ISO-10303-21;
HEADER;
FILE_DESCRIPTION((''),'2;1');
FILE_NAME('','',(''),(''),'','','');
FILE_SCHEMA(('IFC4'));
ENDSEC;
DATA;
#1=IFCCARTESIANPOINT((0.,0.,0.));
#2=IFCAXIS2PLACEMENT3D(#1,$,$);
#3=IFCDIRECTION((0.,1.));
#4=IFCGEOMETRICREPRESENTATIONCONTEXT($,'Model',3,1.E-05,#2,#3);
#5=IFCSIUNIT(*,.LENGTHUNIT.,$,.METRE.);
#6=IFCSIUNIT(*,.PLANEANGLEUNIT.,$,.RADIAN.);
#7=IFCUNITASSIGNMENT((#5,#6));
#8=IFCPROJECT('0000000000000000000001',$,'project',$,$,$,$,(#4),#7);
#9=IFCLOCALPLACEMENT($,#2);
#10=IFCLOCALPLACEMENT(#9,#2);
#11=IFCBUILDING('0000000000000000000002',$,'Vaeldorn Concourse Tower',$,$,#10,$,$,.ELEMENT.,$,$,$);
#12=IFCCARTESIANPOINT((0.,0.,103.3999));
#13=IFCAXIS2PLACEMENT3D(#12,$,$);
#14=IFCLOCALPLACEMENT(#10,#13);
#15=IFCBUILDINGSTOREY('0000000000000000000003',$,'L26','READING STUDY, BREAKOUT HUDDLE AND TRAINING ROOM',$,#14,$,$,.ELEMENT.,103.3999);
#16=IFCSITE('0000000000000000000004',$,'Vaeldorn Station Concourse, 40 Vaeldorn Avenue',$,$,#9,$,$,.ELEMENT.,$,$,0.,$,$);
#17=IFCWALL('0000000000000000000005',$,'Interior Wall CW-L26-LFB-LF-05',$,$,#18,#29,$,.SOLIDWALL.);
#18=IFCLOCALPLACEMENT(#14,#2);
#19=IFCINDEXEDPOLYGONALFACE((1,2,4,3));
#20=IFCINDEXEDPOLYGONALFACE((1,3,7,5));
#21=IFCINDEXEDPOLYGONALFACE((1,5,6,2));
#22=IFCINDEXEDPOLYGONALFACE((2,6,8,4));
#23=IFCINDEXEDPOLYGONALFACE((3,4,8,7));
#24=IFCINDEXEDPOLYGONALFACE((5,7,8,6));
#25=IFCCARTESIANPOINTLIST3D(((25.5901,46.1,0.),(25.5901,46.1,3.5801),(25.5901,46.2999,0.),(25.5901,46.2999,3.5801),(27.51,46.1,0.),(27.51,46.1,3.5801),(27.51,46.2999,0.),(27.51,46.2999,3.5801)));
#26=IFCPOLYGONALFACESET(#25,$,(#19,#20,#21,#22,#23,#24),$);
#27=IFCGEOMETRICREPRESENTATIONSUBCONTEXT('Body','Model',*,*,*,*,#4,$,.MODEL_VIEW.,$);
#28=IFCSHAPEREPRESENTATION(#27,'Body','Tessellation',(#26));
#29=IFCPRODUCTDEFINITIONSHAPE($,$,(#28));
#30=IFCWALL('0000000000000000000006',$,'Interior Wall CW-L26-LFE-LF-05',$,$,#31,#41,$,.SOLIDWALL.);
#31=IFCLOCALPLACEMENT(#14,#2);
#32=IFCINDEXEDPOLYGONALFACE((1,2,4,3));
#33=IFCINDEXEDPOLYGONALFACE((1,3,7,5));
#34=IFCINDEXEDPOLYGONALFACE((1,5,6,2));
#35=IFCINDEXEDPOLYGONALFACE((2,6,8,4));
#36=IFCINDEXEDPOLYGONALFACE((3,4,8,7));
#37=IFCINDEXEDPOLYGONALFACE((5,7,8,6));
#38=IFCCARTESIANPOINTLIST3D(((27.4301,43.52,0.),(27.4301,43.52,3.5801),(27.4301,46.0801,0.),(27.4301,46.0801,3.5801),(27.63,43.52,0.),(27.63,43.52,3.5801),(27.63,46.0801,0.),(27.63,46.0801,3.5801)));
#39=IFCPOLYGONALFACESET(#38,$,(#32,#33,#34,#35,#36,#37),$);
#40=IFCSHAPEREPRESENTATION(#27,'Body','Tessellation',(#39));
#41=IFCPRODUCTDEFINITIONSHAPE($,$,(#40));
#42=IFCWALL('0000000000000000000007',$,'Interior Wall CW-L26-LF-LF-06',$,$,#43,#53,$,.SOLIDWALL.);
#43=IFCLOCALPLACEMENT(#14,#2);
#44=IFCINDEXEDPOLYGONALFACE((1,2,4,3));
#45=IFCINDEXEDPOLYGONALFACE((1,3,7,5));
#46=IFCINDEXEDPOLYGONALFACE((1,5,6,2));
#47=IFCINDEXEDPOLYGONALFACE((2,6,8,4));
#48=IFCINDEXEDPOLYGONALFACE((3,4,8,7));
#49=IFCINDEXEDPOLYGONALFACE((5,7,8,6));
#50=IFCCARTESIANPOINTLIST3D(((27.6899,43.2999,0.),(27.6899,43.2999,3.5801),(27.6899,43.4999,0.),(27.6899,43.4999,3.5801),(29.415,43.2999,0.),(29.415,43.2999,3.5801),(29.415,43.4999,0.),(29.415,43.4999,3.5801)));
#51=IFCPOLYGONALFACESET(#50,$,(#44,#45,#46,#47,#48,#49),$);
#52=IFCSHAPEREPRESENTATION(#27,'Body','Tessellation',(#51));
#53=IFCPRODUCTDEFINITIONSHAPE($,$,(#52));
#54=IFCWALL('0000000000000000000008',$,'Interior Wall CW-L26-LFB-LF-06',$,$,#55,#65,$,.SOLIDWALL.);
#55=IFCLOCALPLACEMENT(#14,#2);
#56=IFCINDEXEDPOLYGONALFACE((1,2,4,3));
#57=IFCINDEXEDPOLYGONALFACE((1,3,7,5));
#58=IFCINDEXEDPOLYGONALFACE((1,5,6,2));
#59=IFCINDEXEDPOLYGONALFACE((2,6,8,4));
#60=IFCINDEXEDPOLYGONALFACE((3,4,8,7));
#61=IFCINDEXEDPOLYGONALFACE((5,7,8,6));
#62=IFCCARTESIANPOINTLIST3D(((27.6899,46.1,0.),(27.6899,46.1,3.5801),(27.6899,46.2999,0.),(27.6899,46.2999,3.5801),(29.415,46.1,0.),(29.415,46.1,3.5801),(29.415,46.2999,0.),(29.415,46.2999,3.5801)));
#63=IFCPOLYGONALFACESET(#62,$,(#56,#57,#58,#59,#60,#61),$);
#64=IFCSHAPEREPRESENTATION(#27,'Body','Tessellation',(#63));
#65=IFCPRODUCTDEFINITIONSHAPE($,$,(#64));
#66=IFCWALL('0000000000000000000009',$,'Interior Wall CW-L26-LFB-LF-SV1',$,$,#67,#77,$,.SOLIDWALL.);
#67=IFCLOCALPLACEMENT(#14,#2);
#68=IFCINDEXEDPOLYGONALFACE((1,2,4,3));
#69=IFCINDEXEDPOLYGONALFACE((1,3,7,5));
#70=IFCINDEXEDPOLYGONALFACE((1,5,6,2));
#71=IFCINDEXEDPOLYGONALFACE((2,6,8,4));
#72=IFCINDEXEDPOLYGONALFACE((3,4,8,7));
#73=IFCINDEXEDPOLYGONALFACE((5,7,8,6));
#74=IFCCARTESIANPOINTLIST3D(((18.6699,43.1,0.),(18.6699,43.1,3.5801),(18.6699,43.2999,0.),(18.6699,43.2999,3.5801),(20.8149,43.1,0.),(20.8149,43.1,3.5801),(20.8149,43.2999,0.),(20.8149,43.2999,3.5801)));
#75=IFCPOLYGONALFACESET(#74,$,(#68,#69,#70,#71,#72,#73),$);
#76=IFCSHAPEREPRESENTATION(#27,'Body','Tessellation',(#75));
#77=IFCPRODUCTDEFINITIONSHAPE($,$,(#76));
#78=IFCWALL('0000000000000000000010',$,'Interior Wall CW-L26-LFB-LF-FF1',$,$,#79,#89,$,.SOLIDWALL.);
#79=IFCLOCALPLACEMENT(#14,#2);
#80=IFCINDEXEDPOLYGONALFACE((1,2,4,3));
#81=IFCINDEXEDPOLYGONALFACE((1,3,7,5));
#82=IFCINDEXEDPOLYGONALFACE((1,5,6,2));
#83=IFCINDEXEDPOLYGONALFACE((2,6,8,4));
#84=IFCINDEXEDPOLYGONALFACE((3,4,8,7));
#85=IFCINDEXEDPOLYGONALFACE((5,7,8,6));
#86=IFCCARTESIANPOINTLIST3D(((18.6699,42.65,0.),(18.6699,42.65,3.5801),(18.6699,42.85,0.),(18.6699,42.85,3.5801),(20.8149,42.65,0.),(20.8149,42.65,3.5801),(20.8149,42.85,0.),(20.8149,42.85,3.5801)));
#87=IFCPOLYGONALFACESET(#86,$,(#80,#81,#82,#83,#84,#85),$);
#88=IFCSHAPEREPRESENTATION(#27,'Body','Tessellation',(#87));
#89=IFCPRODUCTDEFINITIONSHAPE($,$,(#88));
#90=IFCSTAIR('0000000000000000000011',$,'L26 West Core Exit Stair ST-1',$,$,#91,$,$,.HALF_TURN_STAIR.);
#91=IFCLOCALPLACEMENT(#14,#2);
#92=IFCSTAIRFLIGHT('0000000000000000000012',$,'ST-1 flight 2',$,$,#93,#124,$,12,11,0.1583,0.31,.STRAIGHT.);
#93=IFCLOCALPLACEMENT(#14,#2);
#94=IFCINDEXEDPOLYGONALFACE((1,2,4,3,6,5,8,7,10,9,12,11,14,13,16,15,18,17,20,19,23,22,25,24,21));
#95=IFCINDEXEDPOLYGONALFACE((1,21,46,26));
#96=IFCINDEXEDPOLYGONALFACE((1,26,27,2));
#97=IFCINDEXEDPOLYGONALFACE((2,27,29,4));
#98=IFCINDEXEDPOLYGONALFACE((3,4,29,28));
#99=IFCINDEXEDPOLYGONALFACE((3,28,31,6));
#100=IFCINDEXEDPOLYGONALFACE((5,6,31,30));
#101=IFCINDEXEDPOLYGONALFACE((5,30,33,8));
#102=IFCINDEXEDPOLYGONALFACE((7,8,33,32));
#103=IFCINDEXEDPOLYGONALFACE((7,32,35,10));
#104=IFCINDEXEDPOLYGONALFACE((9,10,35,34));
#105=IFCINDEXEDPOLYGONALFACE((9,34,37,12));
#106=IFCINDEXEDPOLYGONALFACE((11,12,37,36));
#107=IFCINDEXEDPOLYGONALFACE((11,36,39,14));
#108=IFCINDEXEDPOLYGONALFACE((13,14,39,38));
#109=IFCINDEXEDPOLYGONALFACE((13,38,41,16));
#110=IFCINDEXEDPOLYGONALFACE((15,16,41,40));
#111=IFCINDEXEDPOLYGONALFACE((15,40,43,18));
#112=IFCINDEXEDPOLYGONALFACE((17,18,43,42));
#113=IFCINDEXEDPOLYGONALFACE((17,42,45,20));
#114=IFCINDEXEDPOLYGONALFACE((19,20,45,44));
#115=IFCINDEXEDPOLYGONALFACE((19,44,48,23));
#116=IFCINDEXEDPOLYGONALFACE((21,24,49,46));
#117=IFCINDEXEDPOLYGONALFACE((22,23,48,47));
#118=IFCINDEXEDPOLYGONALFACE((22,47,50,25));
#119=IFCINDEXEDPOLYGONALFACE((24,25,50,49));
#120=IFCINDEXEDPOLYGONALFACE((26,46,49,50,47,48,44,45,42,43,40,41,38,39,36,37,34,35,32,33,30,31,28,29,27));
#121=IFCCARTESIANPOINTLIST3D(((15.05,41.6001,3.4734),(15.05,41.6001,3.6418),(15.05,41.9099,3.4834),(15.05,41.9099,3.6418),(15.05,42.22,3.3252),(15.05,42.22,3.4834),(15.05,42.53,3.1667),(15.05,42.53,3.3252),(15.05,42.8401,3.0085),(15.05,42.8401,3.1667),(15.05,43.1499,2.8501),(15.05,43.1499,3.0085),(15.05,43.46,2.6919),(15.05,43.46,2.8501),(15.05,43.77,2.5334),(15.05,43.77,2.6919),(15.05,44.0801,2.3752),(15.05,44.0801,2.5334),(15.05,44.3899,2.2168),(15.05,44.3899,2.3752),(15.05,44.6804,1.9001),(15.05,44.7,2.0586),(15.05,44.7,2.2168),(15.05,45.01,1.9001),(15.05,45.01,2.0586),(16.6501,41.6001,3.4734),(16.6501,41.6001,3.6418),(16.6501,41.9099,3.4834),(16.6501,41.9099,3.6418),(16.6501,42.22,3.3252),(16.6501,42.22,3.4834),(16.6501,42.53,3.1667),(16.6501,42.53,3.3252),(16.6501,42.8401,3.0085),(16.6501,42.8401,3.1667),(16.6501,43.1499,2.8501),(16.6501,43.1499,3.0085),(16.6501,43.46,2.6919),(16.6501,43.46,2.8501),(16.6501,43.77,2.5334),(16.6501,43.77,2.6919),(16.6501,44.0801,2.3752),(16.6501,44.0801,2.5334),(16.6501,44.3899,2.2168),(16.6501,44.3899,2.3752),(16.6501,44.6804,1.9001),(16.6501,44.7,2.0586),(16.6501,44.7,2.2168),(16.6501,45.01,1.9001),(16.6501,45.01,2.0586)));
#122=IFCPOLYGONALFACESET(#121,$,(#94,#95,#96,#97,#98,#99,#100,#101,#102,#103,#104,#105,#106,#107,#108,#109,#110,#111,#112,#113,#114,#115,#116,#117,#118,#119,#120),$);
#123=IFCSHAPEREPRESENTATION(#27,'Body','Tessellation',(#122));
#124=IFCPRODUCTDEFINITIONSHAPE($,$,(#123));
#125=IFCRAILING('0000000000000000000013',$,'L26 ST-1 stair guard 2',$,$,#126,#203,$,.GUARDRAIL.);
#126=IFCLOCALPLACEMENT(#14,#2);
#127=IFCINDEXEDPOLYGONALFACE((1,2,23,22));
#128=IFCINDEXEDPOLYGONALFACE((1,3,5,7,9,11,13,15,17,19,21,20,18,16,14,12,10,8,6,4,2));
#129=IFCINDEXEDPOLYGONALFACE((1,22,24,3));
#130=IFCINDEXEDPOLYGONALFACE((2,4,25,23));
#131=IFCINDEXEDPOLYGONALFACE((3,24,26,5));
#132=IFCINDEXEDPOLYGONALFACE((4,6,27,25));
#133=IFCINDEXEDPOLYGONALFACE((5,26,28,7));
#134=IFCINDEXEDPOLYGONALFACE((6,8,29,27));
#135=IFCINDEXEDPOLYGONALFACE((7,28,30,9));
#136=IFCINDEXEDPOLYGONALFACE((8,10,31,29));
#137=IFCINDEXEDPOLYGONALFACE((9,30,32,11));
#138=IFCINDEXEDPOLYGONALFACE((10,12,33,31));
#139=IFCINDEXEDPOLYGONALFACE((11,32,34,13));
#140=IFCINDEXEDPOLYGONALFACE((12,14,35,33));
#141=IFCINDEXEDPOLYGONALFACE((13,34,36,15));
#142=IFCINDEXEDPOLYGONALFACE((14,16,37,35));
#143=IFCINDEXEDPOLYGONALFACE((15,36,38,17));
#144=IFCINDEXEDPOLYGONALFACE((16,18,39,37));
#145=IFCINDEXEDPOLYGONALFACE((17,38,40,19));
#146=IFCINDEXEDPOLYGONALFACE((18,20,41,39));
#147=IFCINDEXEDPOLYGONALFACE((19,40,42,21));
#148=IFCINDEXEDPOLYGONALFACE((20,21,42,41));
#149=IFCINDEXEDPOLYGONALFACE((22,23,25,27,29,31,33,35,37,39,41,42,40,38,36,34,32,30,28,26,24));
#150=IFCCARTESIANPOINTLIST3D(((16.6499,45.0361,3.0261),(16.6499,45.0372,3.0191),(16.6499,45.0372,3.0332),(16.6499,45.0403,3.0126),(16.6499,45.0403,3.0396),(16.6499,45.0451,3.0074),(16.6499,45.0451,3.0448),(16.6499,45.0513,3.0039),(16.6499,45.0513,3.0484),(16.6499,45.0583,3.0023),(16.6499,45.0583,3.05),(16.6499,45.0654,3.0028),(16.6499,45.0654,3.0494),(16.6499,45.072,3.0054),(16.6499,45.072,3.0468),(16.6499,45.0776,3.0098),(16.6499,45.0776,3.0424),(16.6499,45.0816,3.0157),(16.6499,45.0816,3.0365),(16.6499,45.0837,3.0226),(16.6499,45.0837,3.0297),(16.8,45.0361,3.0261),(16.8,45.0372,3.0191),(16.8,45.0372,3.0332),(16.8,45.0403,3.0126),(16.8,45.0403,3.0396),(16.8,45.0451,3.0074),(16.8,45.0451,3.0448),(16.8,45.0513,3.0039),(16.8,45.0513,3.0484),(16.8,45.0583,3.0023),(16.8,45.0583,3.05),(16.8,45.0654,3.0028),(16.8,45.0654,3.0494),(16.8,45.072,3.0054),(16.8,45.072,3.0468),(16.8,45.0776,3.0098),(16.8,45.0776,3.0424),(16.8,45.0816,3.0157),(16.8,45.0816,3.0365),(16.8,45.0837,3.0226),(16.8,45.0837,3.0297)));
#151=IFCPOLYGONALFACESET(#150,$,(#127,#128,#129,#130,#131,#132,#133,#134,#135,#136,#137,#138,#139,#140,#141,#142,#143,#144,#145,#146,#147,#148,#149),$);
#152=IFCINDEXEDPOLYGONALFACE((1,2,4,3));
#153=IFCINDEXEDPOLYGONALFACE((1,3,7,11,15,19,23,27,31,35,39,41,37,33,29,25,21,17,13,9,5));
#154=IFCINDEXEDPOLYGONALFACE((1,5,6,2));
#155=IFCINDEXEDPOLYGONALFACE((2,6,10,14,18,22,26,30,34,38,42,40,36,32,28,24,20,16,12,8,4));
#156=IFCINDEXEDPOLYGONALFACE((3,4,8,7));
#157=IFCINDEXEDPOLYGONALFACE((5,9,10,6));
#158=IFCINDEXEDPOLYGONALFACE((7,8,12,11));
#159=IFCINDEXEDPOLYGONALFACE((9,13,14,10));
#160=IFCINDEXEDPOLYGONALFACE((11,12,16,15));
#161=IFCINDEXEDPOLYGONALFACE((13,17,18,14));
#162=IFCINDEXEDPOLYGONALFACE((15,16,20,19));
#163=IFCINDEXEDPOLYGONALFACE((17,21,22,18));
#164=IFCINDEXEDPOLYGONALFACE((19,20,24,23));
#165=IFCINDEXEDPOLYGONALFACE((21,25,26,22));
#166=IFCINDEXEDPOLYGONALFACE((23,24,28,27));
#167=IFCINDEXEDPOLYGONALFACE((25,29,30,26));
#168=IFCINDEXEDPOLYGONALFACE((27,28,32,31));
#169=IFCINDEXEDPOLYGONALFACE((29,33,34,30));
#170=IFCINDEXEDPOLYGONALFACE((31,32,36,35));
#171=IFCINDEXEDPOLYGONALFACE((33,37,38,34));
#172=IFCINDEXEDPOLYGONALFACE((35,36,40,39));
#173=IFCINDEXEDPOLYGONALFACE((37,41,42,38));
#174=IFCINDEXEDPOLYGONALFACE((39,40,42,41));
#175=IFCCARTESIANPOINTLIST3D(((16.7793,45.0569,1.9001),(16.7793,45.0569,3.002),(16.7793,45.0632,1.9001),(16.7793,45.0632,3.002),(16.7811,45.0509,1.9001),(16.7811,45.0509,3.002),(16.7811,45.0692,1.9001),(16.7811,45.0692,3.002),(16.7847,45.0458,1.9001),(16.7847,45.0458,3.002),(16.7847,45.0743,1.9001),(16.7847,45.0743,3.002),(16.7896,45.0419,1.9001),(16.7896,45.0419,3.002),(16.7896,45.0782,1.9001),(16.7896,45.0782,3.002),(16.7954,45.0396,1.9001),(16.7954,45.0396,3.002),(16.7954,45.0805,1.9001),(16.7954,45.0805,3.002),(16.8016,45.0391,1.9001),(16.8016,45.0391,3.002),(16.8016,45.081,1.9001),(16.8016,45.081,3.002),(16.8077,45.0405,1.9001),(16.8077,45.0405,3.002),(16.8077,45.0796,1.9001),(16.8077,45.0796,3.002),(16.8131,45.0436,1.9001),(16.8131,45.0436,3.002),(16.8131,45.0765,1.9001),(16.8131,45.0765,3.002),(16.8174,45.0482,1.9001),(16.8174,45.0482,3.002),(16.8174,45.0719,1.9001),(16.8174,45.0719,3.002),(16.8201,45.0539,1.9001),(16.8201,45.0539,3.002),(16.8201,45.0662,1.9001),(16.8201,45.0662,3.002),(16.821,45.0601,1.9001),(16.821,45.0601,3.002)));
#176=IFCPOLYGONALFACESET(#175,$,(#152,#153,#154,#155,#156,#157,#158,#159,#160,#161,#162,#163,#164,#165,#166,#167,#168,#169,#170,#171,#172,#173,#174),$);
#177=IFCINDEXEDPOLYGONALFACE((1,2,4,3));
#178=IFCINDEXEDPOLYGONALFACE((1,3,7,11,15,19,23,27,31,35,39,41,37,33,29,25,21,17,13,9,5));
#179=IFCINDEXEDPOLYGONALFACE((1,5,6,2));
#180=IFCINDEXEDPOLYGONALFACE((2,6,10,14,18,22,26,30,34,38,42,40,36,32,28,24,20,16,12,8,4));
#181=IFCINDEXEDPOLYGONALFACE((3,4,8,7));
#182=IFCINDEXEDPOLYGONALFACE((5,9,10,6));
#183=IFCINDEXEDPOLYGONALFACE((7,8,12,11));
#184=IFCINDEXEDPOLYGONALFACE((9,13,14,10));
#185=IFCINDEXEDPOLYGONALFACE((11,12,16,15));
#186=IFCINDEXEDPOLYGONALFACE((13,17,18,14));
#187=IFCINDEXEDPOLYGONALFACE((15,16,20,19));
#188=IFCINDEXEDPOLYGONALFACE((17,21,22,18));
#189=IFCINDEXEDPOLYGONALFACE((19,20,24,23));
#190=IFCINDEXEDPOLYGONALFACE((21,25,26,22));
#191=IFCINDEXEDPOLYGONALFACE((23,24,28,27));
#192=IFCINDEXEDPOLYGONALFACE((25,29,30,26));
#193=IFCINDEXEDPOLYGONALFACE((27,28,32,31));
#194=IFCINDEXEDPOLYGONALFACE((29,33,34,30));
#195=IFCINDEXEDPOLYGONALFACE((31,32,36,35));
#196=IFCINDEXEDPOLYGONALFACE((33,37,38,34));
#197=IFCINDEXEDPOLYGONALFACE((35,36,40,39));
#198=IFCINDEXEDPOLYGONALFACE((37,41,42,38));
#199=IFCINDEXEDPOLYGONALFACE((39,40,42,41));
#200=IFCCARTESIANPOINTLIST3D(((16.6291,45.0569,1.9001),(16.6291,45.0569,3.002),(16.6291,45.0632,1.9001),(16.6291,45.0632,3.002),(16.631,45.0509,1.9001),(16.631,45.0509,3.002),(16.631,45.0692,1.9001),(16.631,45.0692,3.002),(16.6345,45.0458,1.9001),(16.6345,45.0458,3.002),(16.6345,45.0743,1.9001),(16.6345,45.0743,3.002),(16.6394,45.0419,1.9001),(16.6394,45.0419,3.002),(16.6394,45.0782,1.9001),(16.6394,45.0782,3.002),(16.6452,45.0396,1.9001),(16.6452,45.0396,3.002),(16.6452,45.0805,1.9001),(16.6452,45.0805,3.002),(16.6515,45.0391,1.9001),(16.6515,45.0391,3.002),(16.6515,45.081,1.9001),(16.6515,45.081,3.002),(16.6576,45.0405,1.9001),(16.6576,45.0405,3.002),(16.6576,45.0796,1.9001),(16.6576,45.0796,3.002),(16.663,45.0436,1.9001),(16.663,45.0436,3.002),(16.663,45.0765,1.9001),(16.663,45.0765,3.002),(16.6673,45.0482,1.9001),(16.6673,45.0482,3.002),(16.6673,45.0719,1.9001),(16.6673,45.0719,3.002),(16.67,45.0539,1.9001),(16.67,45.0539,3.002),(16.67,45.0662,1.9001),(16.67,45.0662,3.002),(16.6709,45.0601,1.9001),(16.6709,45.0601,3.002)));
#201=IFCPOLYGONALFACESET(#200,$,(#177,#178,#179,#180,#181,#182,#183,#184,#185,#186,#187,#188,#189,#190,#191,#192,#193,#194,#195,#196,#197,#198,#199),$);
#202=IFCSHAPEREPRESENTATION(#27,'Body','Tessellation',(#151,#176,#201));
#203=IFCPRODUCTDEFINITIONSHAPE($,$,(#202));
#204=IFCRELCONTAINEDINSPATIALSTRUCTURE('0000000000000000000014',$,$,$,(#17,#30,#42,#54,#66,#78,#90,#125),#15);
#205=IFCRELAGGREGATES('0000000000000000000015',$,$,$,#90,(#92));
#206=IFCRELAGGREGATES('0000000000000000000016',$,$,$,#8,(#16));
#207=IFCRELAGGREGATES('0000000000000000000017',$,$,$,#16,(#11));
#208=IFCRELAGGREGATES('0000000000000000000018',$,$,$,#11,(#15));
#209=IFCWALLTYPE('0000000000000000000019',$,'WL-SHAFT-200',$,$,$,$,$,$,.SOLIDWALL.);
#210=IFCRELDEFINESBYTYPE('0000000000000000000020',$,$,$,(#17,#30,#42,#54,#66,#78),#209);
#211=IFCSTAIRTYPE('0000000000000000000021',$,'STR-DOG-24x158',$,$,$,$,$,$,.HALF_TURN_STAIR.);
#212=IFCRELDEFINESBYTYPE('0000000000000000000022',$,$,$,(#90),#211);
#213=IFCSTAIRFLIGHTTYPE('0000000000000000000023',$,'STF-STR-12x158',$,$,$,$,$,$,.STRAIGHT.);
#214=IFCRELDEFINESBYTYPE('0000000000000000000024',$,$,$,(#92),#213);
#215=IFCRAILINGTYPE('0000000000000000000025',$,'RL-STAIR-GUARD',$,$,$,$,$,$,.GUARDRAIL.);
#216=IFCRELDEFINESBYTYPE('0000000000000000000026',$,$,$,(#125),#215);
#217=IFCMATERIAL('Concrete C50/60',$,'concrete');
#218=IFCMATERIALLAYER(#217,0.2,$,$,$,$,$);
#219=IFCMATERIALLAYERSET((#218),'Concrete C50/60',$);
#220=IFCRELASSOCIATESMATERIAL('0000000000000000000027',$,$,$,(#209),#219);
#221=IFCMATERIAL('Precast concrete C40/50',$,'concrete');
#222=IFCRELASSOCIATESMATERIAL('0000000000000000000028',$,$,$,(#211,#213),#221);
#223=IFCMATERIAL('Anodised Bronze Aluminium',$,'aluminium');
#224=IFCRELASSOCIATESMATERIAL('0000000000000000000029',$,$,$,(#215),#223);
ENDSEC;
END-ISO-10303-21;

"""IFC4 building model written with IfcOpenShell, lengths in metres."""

from ifc_helpers import new_model, si_unit, direction, frame, frame_2d, origin, origin_2d, place, context, subcontext, project, spatial, polyline, rectangle, circle, outline, extrude, material, layer, layer_set, type_object, element, aggregate, save


model = new_model("IFC4")

# Units and contexts
model_context = context("Model", 3, precision=1e-05, world=origin(), true_north=direction((0.0, 1.0)))
body_context = subcontext(model_context, "Body", "Model", "MODEL_VIEW")
ifc_project = project(units=[si_unit("LENGTHUNIT", "METRE"), si_unit("PLANEANGLEUNIT", "RADIAN")], contexts=[model_context])

# Site, building, storey
site_placement = place(None, origin())
site = spatial("IfcSite", under=ifc_project, at=site_placement, Name="Vaeldorn Station Concourse, 40 Vaeldorn Avenue", CompositionType="ELEMENT", RefElevation=0.0)
building_placement = place(site_placement, origin())
building = spatial("IfcBuilding", under=site, at=building_placement, Name="Vaeldorn Concourse Tower", CompositionType="ELEMENT")
storey_placement = place(building_placement, frame((0.0, 0.0, 103.3999)))
storey = spatial("IfcBuildingStorey", under=building, at=storey_placement, Name="L26", Description="READING STUDY, BREAKOUT HUDDLE AND TRAINING ROOM", CompositionType="ELEMENT", Elevation=103.3999)

# Walls
ifc_material_1 = material(Name="Concrete C50/60", Category="concrete")
ifc_layer_1 = layer(ifc_material_1, 0.2)
ifc_layer_set_1 = layer_set([ifc_layer_1], Name="Concrete C50/60")
wall_type_1 = type_object("IfcWallType", Name="WL-SHAFT-200", PredefinedType="SOLIDWALL", material=ifc_layer_set_1)
for number, where, z_axis, x_axis, name in (
    (1, (25.5901, 46.2, 0.0), (0.0, 0.0, 1.0), (1.0, 0.0, 0.0), "Interior Wall CW-L26-LFB-LF-05"),
):
    element("IfcWall", number, at=place(storey_placement, frame(where, z_axis=z_axis, x_axis=x_axis)), inside=storey, type_object=wall_type_1, Name=name, PredefinedType="SOLIDWALL", context=body_context, shape_type="SweptSolid", body=[
        extrude(rectangle(XDim=1.9199, YDim=0.2, at=frame_2d((0.96, 0.0))), origin(), (0.0, 0.0, 1.0), 3.5801),
    ])
wall_1_placement = place(storey_placement, frame((27.53, 43.52, 0.0), z_axis=(0.0, 0.0, 1.0), x_axis=(0.0, 1.0, 0.0)))
element("IfcWall", 2, at=wall_1_placement, inside=storey, type_object=wall_type_1, Name="Interior Wall CW-L26-LFE-LF-05", PredefinedType="SOLIDWALL", context=body_context, shape_type="SweptSolid", body=[
    extrude(rectangle(XDim=2.5601, YDim=0.2, at=frame_2d((1.28, 0.0))), origin(), (0.0, 0.0, 1.0), 3.5801),
])
for number, where, z_axis, x_axis, name in (
    (3, (27.6899, 43.3999, 0.0), (0.0, 0.0, 1.0), (1.0, 0.0, 0.0), "Interior Wall CW-L26-LF-LF-06"),
    (4, (27.6899, 46.2, 0.0), (0.0, 0.0, 1.0), (1.0, 0.0, 0.0), "Interior Wall CW-L26-LFB-LF-06"),
):
    element("IfcWall", number, at=place(storey_placement, frame(where, z_axis=z_axis, x_axis=x_axis)), inside=storey, type_object=wall_type_1, Name=name, PredefinedType="SOLIDWALL", context=body_context, shape_type="SweptSolid", body=[
        extrude(rectangle(XDim=1.7251, YDim=0.2, at=frame_2d((0.8625, 0.0))), origin(), (0.0, 0.0, 1.0), 3.5801),
    ])

# Shared definitions
ifc_material_2 = material(Name="Anodised Bronze Aluminium", Category="aluminium")

# Walls
for number, where, z_axis, x_axis, name in (
    (5, (18.6699, 43.2, 0.0), (0.0, 0.0, 1.0), (1.0, 0.0, 0.0), "Interior Wall CW-L26-LFB-LF-SV1"),
    (6, (18.6699, 42.75, 0.0), (0.0, 0.0, 1.0), (1.0, 0.0, 0.0), "Interior Wall CW-L26-LFB-LF-FF1"),
):
    element("IfcWall", number, at=place(storey_placement, frame(where, z_axis=z_axis, x_axis=x_axis)), inside=storey, type_object=wall_type_1, Name=name, PredefinedType="SOLIDWALL", context=body_context, shape_type="SweptSolid", body=[
        extrude(rectangle(XDim=2.145, YDim=0.2, at=frame_2d((1.0725, 0.0))), origin(), (0.0, 0.0, 1.0), 3.5801),
    ])

# Stair, stair flight
ifc_material_3 = material(Name="Precast concrete C40/50", Category="concrete")
stair_type = type_object("IfcStairType", Name="STR-DOG-24x158", PredefinedType="HALF_TURN_STAIR", material=ifc_material_3)
stair_placement = place(storey_placement, origin())
stair = element("IfcStair", 7, at=stair_placement, inside=storey, type_object=stair_type, Name="L26 West Core Exit Stair ST-1", PredefinedType="HALF_TURN_STAIR")
stair_flight_type = type_object("IfcStairFlightType", Name="STF-STR-12x158", PredefinedType="STRAIGHT", material=ifc_material_3)
stair_flight_placement = place(storey_placement, frame((15.8501, 45.01, 1.9001), z_axis=(0.0, 0.0, 1.0), x_axis=(0.0, -1.0, 0.0)))
stair_flight = element("IfcStairFlight", 8, at=stair_flight_placement, type_object=stair_flight_type, Name="ST-1 flight 2", NumberOfRisers=12, NumberOfTreads=11, PredefinedType="STRAIGHT", RiserHeight=0.1583, TreadLength=0.31, context=body_context, shape_type="SweptSolid", body=[
    extrude(outline(polyline([(0.0, 0.0), (0.0, 0.1584), (0.3101, 0.1584), (0.3101, 0.3167), (0.6201, 0.3167), (0.6201, 0.4751), (0.9299, 0.4751), (0.9299, 0.6333), (1.24, 0.6333), (1.24, 0.7917), (1.55, 0.7917), (1.55, 0.95), (1.8601, 0.95), (1.8601, 1.1084), (2.1699, 1.1084), (2.1699, 1.2666), (2.48, 1.2666), (2.48, 1.425), (2.79, 1.425), (2.79, 1.5833), (3.1001, 1.5833), (3.1001, 1.7417), (3.4099, 1.7417), (3.4099, 1.8999), (3.4099, 1.5732), (0.3296, 0.0), (0.0, 0.0)])), frame((0.0, 0.8, 0.0), z_axis=(0.0, -1.0, 0.0), x_axis=(1.0, 0.0, 0.0)), (0.0, 0.0, 1.0), 1.6001),
])
aggregate(stair, [stair_flight])

# Railing
railing_type_1 = type_object("IfcRailingType", Name="RL-STAIR-GUARD", PredefinedType="GUARDRAIL", material=ifc_material_2)
railing_1_placement = place(storey_placement, frame((16.8, 45.0601, 1.9001)))
element("IfcRailing", 9, at=railing_1_placement, inside=storey, type_object=railing_type_1, Name="L26 ST-1 stair guard 2", PredefinedType="GUARDRAIL", context=body_context, shape_type="SweptSolid", body=[
    extrude(circle(Radius=0.0239, at=origin_2d()), frame((0.0, 0.0, 1.126), z_axis=(-1.0, 0.0, 0.0), x_axis=(0.0, -1.0, 0.0)), (0.0, 0.0, 1.0), 0.1501),
    extrude(circle(Radius=0.021, at=origin_2d()), origin(), (0.0, 0.0, 1.0), 1.1018),
    extrude(circle(Radius=0.021, at=origin_2d()), frame((-0.1501, 0.0, 0.0)), (0.0, 0.0, 1.0), 1.1018),
])

save(model, "model.ifc")
